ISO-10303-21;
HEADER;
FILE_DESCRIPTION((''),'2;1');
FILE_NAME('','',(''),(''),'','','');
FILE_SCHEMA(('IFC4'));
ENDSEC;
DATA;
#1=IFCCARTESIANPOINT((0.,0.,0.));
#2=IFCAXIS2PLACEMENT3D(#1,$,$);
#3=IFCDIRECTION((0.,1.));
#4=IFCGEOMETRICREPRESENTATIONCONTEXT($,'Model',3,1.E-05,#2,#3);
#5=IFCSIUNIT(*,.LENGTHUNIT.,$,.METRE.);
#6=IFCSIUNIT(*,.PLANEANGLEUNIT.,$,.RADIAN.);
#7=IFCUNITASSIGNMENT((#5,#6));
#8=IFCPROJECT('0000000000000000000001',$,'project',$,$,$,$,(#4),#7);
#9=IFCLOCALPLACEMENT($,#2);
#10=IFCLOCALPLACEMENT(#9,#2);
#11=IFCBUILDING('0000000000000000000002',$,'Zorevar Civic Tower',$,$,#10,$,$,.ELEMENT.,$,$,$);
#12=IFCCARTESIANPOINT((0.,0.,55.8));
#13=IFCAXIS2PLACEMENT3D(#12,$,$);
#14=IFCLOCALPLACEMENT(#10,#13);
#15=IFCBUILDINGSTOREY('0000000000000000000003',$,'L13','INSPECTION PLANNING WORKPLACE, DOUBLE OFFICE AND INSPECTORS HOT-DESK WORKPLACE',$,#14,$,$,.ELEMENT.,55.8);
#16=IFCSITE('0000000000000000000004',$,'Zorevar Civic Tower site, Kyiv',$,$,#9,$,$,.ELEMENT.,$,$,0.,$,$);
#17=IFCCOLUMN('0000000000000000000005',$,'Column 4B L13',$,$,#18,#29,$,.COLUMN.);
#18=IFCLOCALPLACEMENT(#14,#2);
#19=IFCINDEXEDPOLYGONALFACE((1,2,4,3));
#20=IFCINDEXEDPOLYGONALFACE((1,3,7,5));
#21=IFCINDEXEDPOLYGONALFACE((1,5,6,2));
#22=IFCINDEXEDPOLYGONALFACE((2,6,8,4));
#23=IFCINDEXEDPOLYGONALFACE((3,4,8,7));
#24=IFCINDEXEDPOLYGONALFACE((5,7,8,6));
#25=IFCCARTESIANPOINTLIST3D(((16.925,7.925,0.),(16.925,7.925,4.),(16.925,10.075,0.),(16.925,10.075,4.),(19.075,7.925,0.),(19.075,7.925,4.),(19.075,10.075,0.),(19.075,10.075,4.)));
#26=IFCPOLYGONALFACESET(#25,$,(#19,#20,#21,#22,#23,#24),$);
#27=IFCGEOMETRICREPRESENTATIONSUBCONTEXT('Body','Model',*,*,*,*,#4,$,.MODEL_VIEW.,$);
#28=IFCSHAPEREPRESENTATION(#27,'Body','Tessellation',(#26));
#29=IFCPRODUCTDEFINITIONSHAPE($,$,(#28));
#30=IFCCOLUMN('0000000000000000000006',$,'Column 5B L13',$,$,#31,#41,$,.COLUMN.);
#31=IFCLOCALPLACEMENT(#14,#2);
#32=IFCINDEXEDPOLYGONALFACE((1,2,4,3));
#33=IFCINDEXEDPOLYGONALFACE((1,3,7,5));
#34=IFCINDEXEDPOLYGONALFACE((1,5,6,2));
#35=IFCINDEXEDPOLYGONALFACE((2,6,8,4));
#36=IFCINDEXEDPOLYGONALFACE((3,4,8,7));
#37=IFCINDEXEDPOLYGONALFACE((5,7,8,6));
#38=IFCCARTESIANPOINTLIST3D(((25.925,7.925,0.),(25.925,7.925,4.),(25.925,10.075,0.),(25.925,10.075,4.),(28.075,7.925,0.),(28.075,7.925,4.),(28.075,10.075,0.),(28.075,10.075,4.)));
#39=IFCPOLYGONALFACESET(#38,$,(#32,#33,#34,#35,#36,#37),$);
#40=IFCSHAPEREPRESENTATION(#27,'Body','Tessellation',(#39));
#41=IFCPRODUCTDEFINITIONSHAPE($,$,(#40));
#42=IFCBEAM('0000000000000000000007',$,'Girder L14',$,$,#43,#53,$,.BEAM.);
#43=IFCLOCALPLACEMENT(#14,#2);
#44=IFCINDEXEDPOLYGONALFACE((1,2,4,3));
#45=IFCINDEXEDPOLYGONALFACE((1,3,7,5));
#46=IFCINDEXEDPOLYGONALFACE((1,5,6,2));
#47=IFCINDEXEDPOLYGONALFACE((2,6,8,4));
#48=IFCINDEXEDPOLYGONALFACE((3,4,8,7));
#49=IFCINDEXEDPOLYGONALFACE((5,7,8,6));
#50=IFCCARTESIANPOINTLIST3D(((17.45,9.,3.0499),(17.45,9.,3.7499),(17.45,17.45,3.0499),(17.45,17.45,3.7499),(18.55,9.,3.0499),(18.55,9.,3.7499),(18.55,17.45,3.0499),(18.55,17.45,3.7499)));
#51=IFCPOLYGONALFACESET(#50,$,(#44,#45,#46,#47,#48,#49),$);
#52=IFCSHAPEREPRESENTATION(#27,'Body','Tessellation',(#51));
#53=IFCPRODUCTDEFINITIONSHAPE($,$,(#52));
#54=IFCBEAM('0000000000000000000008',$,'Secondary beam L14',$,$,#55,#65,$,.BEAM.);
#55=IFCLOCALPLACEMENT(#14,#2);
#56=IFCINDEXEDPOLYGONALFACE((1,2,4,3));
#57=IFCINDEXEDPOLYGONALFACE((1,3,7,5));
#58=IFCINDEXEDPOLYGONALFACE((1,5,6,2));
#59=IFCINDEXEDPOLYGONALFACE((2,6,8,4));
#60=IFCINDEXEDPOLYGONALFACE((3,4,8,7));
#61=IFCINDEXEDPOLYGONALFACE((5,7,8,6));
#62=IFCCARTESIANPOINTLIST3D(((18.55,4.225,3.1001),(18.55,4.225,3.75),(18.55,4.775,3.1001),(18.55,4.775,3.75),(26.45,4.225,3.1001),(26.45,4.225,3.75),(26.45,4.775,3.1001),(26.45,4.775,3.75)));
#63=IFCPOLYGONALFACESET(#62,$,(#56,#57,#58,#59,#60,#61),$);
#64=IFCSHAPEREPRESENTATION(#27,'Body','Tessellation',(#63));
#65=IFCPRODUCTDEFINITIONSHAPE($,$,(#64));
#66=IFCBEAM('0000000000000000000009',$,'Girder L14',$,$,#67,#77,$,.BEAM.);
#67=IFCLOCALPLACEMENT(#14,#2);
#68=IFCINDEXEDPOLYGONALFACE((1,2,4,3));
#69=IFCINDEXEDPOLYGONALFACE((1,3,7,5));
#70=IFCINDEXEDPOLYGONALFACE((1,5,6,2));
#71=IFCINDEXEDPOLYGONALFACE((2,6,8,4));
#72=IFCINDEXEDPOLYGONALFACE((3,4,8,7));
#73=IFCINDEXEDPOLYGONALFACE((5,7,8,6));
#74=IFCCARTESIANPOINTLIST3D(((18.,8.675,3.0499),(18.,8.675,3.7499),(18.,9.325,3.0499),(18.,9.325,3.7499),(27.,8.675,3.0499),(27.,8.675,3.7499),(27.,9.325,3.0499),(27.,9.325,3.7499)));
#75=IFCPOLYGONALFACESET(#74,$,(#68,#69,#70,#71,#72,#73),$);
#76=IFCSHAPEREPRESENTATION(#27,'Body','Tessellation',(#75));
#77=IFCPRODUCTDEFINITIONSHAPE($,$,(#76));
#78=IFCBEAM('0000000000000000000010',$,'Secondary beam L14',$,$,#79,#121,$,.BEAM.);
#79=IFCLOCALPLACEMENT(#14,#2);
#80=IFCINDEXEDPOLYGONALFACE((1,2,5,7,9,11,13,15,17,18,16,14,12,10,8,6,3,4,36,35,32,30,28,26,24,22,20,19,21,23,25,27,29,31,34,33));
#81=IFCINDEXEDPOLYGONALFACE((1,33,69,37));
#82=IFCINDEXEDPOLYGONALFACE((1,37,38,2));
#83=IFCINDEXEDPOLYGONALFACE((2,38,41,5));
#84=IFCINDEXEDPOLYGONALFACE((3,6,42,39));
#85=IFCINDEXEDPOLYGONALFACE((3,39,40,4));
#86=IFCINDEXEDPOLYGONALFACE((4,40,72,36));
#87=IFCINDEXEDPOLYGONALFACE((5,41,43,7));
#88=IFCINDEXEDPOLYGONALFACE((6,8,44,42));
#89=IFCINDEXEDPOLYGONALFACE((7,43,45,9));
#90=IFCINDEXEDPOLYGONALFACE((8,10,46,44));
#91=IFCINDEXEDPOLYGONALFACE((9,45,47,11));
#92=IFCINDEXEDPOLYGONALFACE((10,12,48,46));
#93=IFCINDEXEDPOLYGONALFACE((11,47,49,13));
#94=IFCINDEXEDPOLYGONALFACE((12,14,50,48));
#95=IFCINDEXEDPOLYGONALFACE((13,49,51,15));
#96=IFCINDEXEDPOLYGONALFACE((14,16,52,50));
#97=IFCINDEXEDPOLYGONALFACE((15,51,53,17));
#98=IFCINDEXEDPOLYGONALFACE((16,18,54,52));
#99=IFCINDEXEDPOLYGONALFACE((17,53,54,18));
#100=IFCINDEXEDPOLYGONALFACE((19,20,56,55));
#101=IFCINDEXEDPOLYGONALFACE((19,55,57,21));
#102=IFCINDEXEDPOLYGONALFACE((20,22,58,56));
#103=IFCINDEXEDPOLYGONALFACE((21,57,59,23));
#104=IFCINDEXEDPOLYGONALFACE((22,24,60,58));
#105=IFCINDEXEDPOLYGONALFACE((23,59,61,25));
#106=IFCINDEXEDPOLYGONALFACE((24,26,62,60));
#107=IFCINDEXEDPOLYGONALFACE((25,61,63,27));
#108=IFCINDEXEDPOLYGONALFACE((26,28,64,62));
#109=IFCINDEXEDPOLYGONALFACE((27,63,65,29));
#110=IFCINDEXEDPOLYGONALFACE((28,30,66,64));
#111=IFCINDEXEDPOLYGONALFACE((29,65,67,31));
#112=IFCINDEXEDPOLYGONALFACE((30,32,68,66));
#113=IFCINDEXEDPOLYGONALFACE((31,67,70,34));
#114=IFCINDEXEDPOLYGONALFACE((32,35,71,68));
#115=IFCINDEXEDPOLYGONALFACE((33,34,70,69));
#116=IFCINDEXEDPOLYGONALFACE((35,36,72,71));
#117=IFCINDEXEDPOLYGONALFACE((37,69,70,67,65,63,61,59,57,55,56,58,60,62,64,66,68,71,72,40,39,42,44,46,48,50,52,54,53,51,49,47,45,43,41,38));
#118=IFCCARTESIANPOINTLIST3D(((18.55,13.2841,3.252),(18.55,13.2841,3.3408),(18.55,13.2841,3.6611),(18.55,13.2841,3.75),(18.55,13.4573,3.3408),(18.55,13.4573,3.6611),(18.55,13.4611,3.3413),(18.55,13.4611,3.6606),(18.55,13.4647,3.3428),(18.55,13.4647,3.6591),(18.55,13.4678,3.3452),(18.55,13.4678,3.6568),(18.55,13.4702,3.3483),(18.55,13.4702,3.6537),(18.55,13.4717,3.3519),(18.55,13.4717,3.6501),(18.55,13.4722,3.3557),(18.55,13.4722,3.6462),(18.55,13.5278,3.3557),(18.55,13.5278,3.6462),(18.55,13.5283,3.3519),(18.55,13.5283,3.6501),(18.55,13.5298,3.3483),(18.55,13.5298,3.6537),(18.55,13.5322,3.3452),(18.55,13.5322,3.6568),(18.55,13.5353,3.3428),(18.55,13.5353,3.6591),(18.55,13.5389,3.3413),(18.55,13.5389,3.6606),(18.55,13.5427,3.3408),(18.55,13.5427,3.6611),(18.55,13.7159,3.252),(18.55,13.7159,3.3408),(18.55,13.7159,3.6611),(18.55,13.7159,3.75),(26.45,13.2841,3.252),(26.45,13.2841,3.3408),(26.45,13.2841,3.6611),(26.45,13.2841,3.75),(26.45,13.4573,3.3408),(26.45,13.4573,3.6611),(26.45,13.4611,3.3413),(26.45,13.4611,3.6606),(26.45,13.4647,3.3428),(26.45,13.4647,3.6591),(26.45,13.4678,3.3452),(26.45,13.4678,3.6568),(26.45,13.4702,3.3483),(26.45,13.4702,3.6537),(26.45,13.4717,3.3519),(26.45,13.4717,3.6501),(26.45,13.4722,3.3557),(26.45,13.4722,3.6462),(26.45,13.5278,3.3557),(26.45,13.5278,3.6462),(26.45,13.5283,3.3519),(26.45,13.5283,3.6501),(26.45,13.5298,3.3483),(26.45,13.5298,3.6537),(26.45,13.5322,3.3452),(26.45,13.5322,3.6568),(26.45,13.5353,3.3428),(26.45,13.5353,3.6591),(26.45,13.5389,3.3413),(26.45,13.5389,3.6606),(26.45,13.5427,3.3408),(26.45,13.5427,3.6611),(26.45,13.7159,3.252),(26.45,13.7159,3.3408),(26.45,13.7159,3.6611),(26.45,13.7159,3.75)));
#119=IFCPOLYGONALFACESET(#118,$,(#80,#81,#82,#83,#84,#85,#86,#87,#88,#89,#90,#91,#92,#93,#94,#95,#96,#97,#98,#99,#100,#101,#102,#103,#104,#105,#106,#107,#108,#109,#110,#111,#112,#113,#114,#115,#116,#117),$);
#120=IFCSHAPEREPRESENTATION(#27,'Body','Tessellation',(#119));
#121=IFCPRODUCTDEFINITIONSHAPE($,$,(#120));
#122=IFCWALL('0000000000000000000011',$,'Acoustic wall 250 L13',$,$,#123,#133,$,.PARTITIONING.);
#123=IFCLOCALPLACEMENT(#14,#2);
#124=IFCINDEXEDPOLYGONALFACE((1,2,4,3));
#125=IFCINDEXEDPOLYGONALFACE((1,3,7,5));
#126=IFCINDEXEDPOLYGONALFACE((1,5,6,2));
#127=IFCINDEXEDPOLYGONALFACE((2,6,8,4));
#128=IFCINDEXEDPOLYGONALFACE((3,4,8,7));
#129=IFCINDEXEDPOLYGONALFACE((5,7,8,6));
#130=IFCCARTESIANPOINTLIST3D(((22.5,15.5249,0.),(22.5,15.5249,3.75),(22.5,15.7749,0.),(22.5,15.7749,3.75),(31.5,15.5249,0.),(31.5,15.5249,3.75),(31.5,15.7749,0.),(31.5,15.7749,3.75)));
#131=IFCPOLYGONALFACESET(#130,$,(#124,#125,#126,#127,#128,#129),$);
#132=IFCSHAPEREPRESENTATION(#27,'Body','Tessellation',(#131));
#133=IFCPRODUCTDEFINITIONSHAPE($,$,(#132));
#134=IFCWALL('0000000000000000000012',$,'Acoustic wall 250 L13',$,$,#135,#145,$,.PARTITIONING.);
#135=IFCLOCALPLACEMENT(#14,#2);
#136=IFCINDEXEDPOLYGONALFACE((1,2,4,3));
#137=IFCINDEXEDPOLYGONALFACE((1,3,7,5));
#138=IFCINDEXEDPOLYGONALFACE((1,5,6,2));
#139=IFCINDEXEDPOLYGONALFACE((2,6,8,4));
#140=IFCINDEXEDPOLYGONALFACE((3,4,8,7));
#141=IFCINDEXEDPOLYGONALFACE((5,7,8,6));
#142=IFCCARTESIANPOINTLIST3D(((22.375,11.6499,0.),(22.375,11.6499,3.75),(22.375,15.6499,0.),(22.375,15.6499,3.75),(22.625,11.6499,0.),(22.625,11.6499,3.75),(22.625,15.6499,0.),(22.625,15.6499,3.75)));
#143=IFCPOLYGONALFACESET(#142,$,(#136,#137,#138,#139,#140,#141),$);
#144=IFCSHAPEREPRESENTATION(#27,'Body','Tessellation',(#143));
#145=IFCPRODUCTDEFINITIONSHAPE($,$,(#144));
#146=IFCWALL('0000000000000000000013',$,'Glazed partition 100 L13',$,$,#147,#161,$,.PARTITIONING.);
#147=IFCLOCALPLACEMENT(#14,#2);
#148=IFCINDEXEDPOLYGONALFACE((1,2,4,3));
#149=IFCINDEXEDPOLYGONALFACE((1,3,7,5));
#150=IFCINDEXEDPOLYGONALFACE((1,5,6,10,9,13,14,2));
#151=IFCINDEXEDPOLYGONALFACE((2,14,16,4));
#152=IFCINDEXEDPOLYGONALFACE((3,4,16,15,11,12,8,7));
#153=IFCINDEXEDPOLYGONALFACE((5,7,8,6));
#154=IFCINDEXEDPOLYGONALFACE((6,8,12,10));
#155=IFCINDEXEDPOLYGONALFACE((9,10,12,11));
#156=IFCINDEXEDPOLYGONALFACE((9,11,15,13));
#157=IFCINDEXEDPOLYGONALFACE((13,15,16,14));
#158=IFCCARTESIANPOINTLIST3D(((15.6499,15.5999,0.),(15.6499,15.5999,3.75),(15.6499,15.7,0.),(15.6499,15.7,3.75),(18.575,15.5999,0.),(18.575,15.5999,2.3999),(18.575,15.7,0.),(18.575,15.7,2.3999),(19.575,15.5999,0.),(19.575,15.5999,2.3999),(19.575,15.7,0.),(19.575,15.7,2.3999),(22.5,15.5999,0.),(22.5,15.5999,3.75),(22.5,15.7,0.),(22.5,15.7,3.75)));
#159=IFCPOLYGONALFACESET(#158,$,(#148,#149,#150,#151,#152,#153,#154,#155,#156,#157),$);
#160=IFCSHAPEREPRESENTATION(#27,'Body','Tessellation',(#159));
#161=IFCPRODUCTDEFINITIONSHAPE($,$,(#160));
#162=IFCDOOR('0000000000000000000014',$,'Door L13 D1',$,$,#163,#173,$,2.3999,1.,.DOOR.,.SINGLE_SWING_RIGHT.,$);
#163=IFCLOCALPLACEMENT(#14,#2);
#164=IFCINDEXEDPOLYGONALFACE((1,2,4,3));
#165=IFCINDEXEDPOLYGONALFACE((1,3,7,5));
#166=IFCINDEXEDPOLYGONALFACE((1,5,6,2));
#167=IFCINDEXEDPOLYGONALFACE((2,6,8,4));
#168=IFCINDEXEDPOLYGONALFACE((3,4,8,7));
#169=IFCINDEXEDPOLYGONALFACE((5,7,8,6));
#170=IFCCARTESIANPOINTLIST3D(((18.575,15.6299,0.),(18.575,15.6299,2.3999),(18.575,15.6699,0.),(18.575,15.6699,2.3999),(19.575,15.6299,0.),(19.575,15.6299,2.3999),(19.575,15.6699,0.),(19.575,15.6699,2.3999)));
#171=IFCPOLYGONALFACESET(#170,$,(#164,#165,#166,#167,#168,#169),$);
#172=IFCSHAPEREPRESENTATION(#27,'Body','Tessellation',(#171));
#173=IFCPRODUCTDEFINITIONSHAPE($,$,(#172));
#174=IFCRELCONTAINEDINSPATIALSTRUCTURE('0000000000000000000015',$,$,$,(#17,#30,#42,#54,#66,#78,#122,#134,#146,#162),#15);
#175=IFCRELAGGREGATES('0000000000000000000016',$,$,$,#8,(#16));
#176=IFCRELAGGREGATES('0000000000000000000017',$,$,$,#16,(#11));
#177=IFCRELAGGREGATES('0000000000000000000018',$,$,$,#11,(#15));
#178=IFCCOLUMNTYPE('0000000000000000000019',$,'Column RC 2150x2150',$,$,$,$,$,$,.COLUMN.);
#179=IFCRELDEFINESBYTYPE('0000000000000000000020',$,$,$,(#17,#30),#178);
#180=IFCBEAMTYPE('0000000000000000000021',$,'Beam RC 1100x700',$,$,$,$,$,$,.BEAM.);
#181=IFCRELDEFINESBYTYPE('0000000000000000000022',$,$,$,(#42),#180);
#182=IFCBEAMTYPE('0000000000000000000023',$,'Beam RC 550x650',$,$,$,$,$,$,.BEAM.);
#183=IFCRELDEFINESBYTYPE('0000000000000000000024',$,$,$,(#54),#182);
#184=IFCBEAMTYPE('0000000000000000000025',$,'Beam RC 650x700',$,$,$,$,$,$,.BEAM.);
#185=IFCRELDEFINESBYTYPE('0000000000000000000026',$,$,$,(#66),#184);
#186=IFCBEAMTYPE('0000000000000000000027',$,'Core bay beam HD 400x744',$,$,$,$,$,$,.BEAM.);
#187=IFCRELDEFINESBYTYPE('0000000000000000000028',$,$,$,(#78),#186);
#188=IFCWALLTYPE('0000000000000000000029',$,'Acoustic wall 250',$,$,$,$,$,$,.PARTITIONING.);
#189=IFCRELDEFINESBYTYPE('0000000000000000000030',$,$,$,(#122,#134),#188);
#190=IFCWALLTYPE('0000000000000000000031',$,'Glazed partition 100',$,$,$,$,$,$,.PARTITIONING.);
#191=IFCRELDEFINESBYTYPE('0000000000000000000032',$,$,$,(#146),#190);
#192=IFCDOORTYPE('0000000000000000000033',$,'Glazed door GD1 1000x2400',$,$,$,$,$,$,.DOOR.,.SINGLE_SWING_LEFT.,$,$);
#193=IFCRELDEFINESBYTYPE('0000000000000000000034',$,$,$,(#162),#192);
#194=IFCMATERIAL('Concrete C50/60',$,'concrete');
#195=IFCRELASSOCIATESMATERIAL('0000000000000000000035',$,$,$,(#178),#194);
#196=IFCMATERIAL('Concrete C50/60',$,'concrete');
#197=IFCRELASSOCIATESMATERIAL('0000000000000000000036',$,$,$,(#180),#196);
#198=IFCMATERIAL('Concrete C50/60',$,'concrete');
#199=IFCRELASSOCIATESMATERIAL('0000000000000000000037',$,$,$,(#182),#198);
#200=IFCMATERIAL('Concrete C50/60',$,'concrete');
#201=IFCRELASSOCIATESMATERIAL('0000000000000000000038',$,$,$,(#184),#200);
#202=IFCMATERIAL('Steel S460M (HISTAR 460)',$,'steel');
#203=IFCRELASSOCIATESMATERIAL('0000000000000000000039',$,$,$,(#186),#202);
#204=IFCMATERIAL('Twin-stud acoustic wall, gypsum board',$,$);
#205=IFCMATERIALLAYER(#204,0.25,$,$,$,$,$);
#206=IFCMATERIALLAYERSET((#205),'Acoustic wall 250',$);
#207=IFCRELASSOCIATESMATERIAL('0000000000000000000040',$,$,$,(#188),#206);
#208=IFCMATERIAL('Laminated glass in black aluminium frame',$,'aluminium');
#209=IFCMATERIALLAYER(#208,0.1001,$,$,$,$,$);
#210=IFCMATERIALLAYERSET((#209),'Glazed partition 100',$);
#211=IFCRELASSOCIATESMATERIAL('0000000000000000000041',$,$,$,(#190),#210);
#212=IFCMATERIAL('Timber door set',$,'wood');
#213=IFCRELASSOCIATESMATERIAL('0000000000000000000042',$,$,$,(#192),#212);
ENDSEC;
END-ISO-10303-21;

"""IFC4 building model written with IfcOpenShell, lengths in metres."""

from ifc_helpers import new_model, si_unit, direction, frame, frame_2d, origin, origin_2d, place, context, subcontext, project, spatial, rectangle, i_section, extrude, material, layer, layer_set, material_profile, profile_set, type_object, element, fill, save


model = new_model("IFC4")

# Units and contexts
model_context = context("Model", 3, precision=1e-05, world=origin(), true_north=direction((0.0, 1.0)))
body_context = subcontext(model_context, "Body", "Model", "MODEL_VIEW")
ifc_project = project(units=[si_unit("LENGTHUNIT", "METRE"), si_unit("PLANEANGLEUNIT", "RADIAN")], contexts=[model_context])

# Site, building, storey
site_placement = place(None, origin())
site = spatial("IfcSite", under=ifc_project, at=site_placement, Name="Zorevar Civic Tower site, Kyiv", CompositionType="ELEMENT", RefElevation=0.0)
building_placement = place(site_placement, origin())
building = spatial("IfcBuilding", under=site, at=building_placement, Name="Zorevar Civic Tower", CompositionType="ELEMENT")
storey_placement = place(building_placement, frame((0.0, 0.0, 55.8)))
storey = spatial("IfcBuildingStorey", under=building, at=storey_placement, Name="L13", Description="INSPECTION PLANNING WORKPLACE, DOUBLE OFFICE AND INSPECTORS HOT-DESK WORKPLACE", CompositionType="ELEMENT", Elevation=55.8)

# Columns
ifc_material_1 = material(Name="Concrete C50/60", Category="concrete")
ifc_material_profile_1 = material_profile(ifc_material_1, rectangle(XDim=2.1499, YDim=2.1499, at=origin_2d()), Name="RC 2150x2150")
ifc_profile_set_1 = profile_set([ifc_material_profile_1], Name="Concrete C50/60")
column_type = type_object("IfcColumnType", Name="Column RC 2150x2150", PredefinedType="COLUMN", material=ifc_profile_set_1)
for number, where, z_axis, x_axis, name in (
    (1, (18.0, 9.0, 0.0), (0.0, 0.0, 1.0), (1.0, 0.0, 0.0), "Column 4B L13"),
    (2, (27.0, 9.0, 0.0), (0.0, 0.0, 1.0), (1.0, 0.0, 0.0), "Column 5B L13"),
):
    element("IfcColumn", number, at=place(storey_placement, frame(where, z_axis=z_axis, x_axis=x_axis)), inside=storey, type_object=column_type, Name=name, PredefinedType="COLUMN", context=body_context, shape_type="SweptSolid", body=[
        extrude(rectangle(XDim=2.1499, YDim=2.1499, at=origin_2d()), origin(), (0.0, 0.0, 1.0), 4.0),
    ])

# Beams
ifc_material_2 = material(Name="Concrete C50/60", Category="concrete")
ifc_material_profile_2 = material_profile(ifc_material_2, rectangle(XDim=1.1001, YDim=0.7, at=origin_2d()), Name="RC 1100x700")
ifc_profile_set_2 = profile_set([ifc_material_profile_2], Name="Concrete C50/60")
beam_type_1 = type_object("IfcBeamType", Name="Beam RC 1100x700", PredefinedType="BEAM", material=ifc_profile_set_2)
beam_1_placement = place(storey_placement, frame((18.0, 9.0, 3.3999), z_axis=(0.0, 1.0, 0.0), x_axis=(-1.0, 0.0, 0.0)))
element("IfcBeam", 3, at=beam_1_placement, inside=storey, type_object=beam_type_1, Name="Girder L14", PredefinedType="BEAM", context=body_context, shape_type="SweptSolid", body=[
    extrude(rectangle(XDim=1.1001, YDim=0.7, at=origin_2d()), origin(), (0.0, 0.0, 1.0), 8.45),
])
ifc_material_3 = material(Name="Concrete C50/60", Category="concrete")
ifc_material_profile_3 = material_profile(ifc_material_3, rectangle(XDim=0.55, YDim=0.6499, at=origin_2d()), Name="RC 550x650")
ifc_profile_set_3 = profile_set([ifc_material_profile_3], Name="Concrete C50/60")
beam_type_2 = type_object("IfcBeamType", Name="Beam RC 550x650", PredefinedType="BEAM", material=ifc_profile_set_3)
beam_2_placement = place(storey_placement, frame((18.55, 4.5, 3.425), z_axis=(1.0, 0.0, 0.0), x_axis=(0.0, 1.0, 0.0)))
element("IfcBeam", 4, at=beam_2_placement, inside=storey, type_object=beam_type_2, Name="Secondary beam L14", PredefinedType="BEAM", context=body_context, shape_type="SweptSolid", body=[
    extrude(rectangle(XDim=0.55, YDim=0.6499, at=origin_2d()), origin(), (0.0, 0.0, 1.0), 7.8999),
])
ifc_material_4 = material(Name="Concrete C50/60", Category="concrete")
ifc_material_profile_4 = material_profile(ifc_material_4, rectangle(XDim=0.6499, YDim=0.7, at=origin_2d()), Name="RC 650x700")
ifc_profile_set_4 = profile_set([ifc_material_profile_4], Name="Concrete C50/60")
beam_type_3 = type_object("IfcBeamType", Name="Beam RC 650x700", PredefinedType="BEAM", material=ifc_profile_set_4)
beam_3_placement = place(storey_placement, frame((18.0, 9.0, 3.3999), z_axis=(1.0, 0.0, 0.0), x_axis=(0.0, 1.0, 0.0)))
element("IfcBeam", 5, at=beam_3_placement, inside=storey, type_object=beam_type_3, Name="Girder L14", PredefinedType="BEAM", context=body_context, shape_type="SweptSolid", body=[
    extrude(rectangle(XDim=0.6499, YDim=0.7, at=origin_2d()), origin(), (0.0, 0.0, 1.0), 9.0),
])
ifc_material_5 = material(Name="Steel S460M (HISTAR 460)", Category="steel")
ifc_material_profile_5 = material_profile(ifc_material_5, i_section(OverallWidth=0.4319, OverallDepth=0.498, WebThickness=0.0557, FlangeThickness=0.0889, FilletRadius=0.0149, at=origin_2d()), Name="HD 400x744")
ifc_profile_set_5 = profile_set([ifc_material_profile_5], Name="Steel S460M (HISTAR 460)")
beam_type_4 = type_object("IfcBeamType", Name="Core bay beam HD 400x744", PredefinedType="BEAM", material=ifc_profile_set_5)
beam_4_placement = place(storey_placement, frame((18.55, 13.5, 3.501), z_axis=(1.0, 0.0, 0.0), x_axis=(0.0, 1.0, 0.0)))
element("IfcBeam", 6, at=beam_4_placement, inside=storey, type_object=beam_type_4, Name="Secondary beam L14", PredefinedType="BEAM", context=body_context, shape_type="SweptSolid", body=[
    extrude(i_section(OverallWidth=0.4319, OverallDepth=0.498, WebThickness=0.0557, FlangeThickness=0.0889, FilletRadius=0.0149, at=origin_2d()), origin(), (0.0, 0.0, 1.0), 7.8999),
])

# Shared definitions
ifc_material_6 = material(Name="Twin-stud acoustic wall, gypsum board")
ifc_layer_1 = layer(ifc_material_6, 0.25)
ifc_layer_set_1 = layer_set([ifc_layer_1], Name="Acoustic wall 250")
wall_type_1 = type_object("IfcWallType", Name="Acoustic wall 250", PredefinedType="PARTITIONING", material=ifc_layer_set_1)

# Walls
wall_1_placement = place(storey_placement, frame((22.5, 15.6499, 0.0), z_axis=(0.0, 0.0, 1.0), x_axis=(1.0, 0.0, 0.0)))
element("IfcWall", 7, at=wall_1_placement, inside=storey, type_object=wall_type_1, Name="Acoustic wall 250 L13", PredefinedType="PARTITIONING", context=body_context, shape_type="SweptSolid", body=[
    extrude(rectangle(XDim=9.0, YDim=0.25, at=frame_2d((4.5, 0.0))), origin(), (0.0, 0.0, 1.0), 3.75),
])
wall_2_placement = place(storey_placement, frame((22.5, 11.6499, 0.0), z_axis=(0.0, 0.0, 1.0), x_axis=(0.0, 1.0, 0.0)))
element("IfcWall", 8, at=wall_2_placement, inside=storey, type_object=wall_type_1, Name="Acoustic wall 250 L13", PredefinedType="PARTITIONING", context=body_context, shape_type="SweptSolid", body=[
    extrude(rectangle(XDim=4.0, YDim=0.25, at=frame_2d((2.0, 0.0))), origin(), (0.0, 0.0, 1.0), 3.75),
])

# Wall, opening, door
ifc_material_7 = material(Name="Laminated glass in black aluminium frame", Category="aluminium")
ifc_layer_2 = layer(ifc_material_7, 0.1001)
ifc_layer_set_2 = layer_set([ifc_layer_2], Name="Glazed partition 100")
wall_type_2 = type_object("IfcWallType", Name="Glazed partition 100", PredefinedType="PARTITIONING", material=ifc_layer_set_2)
wall_3_placement = place(storey_placement, frame((15.6499, 15.6499, 0.0), z_axis=(0.0, 0.0, 1.0), x_axis=(1.0, 0.0, 0.0)))
wall_3 = element("IfcWall", 9, at=wall_3_placement, inside=storey, type_object=wall_type_2, Name="Glazed partition 100 L13", PredefinedType="PARTITIONING", context=body_context, shape_type="SweptSolid", body=[
    extrude(rectangle(XDim=6.8501, YDim=0.1001, at=frame_2d((3.425, 0.0))), origin(), (0.0, 0.0, 1.0), 3.75),
])
opening_1_placement = place(wall_3_placement, frame((2.925, 0.0, 0.0)))
opening_1 = element("IfcOpeningElement", 10, at=opening_1_placement, cuts=wall_3, PredefinedType="OPENING", context=body_context, shape_type="SweptSolid", body=[
    extrude(rectangle(XDim=1.0, YDim=2.3999, at=frame_2d((0.5, 1.2))), frame((0.0, 0.0601, 0.0), z_axis=(0.0, -1.0, 0.0), x_axis=(1.0, 0.0, 0.0)), (0.0, 0.0, 1.0), 0.1201),
])
ifc_material_8 = material(Name="Timber door set", Category="wood")
door_type_1 = type_object("IfcDoorType", Name="Glazed door GD1 1000x2400", OperationType="SINGLE_SWING_LEFT", PredefinedType="DOOR", material=ifc_material_8)
door_1_placement = place(opening_1_placement, origin())
door_1 = element("IfcDoor", 11, at=door_1_placement, inside=storey, type_object=door_type_1, Name="Door L13 D1", OperationType="SINGLE_SWING_RIGHT", OverallHeight=2.3999, OverallWidth=1.0, PredefinedType="DOOR", context=body_context, shape_type="SweptSolid", body=[
    extrude(rectangle(XDim=1.0, YDim=2.3999, at=frame_2d((0.5, 1.2))), frame((0.0, 0.02, 0.0), z_axis=(0.0, -1.0, 0.0), x_axis=(1.0, 0.0, 0.0)), (0.0, 0.0, 1.0), 0.04),
])
fill(opening_1, door_1)

save(model, "model.ifc")
